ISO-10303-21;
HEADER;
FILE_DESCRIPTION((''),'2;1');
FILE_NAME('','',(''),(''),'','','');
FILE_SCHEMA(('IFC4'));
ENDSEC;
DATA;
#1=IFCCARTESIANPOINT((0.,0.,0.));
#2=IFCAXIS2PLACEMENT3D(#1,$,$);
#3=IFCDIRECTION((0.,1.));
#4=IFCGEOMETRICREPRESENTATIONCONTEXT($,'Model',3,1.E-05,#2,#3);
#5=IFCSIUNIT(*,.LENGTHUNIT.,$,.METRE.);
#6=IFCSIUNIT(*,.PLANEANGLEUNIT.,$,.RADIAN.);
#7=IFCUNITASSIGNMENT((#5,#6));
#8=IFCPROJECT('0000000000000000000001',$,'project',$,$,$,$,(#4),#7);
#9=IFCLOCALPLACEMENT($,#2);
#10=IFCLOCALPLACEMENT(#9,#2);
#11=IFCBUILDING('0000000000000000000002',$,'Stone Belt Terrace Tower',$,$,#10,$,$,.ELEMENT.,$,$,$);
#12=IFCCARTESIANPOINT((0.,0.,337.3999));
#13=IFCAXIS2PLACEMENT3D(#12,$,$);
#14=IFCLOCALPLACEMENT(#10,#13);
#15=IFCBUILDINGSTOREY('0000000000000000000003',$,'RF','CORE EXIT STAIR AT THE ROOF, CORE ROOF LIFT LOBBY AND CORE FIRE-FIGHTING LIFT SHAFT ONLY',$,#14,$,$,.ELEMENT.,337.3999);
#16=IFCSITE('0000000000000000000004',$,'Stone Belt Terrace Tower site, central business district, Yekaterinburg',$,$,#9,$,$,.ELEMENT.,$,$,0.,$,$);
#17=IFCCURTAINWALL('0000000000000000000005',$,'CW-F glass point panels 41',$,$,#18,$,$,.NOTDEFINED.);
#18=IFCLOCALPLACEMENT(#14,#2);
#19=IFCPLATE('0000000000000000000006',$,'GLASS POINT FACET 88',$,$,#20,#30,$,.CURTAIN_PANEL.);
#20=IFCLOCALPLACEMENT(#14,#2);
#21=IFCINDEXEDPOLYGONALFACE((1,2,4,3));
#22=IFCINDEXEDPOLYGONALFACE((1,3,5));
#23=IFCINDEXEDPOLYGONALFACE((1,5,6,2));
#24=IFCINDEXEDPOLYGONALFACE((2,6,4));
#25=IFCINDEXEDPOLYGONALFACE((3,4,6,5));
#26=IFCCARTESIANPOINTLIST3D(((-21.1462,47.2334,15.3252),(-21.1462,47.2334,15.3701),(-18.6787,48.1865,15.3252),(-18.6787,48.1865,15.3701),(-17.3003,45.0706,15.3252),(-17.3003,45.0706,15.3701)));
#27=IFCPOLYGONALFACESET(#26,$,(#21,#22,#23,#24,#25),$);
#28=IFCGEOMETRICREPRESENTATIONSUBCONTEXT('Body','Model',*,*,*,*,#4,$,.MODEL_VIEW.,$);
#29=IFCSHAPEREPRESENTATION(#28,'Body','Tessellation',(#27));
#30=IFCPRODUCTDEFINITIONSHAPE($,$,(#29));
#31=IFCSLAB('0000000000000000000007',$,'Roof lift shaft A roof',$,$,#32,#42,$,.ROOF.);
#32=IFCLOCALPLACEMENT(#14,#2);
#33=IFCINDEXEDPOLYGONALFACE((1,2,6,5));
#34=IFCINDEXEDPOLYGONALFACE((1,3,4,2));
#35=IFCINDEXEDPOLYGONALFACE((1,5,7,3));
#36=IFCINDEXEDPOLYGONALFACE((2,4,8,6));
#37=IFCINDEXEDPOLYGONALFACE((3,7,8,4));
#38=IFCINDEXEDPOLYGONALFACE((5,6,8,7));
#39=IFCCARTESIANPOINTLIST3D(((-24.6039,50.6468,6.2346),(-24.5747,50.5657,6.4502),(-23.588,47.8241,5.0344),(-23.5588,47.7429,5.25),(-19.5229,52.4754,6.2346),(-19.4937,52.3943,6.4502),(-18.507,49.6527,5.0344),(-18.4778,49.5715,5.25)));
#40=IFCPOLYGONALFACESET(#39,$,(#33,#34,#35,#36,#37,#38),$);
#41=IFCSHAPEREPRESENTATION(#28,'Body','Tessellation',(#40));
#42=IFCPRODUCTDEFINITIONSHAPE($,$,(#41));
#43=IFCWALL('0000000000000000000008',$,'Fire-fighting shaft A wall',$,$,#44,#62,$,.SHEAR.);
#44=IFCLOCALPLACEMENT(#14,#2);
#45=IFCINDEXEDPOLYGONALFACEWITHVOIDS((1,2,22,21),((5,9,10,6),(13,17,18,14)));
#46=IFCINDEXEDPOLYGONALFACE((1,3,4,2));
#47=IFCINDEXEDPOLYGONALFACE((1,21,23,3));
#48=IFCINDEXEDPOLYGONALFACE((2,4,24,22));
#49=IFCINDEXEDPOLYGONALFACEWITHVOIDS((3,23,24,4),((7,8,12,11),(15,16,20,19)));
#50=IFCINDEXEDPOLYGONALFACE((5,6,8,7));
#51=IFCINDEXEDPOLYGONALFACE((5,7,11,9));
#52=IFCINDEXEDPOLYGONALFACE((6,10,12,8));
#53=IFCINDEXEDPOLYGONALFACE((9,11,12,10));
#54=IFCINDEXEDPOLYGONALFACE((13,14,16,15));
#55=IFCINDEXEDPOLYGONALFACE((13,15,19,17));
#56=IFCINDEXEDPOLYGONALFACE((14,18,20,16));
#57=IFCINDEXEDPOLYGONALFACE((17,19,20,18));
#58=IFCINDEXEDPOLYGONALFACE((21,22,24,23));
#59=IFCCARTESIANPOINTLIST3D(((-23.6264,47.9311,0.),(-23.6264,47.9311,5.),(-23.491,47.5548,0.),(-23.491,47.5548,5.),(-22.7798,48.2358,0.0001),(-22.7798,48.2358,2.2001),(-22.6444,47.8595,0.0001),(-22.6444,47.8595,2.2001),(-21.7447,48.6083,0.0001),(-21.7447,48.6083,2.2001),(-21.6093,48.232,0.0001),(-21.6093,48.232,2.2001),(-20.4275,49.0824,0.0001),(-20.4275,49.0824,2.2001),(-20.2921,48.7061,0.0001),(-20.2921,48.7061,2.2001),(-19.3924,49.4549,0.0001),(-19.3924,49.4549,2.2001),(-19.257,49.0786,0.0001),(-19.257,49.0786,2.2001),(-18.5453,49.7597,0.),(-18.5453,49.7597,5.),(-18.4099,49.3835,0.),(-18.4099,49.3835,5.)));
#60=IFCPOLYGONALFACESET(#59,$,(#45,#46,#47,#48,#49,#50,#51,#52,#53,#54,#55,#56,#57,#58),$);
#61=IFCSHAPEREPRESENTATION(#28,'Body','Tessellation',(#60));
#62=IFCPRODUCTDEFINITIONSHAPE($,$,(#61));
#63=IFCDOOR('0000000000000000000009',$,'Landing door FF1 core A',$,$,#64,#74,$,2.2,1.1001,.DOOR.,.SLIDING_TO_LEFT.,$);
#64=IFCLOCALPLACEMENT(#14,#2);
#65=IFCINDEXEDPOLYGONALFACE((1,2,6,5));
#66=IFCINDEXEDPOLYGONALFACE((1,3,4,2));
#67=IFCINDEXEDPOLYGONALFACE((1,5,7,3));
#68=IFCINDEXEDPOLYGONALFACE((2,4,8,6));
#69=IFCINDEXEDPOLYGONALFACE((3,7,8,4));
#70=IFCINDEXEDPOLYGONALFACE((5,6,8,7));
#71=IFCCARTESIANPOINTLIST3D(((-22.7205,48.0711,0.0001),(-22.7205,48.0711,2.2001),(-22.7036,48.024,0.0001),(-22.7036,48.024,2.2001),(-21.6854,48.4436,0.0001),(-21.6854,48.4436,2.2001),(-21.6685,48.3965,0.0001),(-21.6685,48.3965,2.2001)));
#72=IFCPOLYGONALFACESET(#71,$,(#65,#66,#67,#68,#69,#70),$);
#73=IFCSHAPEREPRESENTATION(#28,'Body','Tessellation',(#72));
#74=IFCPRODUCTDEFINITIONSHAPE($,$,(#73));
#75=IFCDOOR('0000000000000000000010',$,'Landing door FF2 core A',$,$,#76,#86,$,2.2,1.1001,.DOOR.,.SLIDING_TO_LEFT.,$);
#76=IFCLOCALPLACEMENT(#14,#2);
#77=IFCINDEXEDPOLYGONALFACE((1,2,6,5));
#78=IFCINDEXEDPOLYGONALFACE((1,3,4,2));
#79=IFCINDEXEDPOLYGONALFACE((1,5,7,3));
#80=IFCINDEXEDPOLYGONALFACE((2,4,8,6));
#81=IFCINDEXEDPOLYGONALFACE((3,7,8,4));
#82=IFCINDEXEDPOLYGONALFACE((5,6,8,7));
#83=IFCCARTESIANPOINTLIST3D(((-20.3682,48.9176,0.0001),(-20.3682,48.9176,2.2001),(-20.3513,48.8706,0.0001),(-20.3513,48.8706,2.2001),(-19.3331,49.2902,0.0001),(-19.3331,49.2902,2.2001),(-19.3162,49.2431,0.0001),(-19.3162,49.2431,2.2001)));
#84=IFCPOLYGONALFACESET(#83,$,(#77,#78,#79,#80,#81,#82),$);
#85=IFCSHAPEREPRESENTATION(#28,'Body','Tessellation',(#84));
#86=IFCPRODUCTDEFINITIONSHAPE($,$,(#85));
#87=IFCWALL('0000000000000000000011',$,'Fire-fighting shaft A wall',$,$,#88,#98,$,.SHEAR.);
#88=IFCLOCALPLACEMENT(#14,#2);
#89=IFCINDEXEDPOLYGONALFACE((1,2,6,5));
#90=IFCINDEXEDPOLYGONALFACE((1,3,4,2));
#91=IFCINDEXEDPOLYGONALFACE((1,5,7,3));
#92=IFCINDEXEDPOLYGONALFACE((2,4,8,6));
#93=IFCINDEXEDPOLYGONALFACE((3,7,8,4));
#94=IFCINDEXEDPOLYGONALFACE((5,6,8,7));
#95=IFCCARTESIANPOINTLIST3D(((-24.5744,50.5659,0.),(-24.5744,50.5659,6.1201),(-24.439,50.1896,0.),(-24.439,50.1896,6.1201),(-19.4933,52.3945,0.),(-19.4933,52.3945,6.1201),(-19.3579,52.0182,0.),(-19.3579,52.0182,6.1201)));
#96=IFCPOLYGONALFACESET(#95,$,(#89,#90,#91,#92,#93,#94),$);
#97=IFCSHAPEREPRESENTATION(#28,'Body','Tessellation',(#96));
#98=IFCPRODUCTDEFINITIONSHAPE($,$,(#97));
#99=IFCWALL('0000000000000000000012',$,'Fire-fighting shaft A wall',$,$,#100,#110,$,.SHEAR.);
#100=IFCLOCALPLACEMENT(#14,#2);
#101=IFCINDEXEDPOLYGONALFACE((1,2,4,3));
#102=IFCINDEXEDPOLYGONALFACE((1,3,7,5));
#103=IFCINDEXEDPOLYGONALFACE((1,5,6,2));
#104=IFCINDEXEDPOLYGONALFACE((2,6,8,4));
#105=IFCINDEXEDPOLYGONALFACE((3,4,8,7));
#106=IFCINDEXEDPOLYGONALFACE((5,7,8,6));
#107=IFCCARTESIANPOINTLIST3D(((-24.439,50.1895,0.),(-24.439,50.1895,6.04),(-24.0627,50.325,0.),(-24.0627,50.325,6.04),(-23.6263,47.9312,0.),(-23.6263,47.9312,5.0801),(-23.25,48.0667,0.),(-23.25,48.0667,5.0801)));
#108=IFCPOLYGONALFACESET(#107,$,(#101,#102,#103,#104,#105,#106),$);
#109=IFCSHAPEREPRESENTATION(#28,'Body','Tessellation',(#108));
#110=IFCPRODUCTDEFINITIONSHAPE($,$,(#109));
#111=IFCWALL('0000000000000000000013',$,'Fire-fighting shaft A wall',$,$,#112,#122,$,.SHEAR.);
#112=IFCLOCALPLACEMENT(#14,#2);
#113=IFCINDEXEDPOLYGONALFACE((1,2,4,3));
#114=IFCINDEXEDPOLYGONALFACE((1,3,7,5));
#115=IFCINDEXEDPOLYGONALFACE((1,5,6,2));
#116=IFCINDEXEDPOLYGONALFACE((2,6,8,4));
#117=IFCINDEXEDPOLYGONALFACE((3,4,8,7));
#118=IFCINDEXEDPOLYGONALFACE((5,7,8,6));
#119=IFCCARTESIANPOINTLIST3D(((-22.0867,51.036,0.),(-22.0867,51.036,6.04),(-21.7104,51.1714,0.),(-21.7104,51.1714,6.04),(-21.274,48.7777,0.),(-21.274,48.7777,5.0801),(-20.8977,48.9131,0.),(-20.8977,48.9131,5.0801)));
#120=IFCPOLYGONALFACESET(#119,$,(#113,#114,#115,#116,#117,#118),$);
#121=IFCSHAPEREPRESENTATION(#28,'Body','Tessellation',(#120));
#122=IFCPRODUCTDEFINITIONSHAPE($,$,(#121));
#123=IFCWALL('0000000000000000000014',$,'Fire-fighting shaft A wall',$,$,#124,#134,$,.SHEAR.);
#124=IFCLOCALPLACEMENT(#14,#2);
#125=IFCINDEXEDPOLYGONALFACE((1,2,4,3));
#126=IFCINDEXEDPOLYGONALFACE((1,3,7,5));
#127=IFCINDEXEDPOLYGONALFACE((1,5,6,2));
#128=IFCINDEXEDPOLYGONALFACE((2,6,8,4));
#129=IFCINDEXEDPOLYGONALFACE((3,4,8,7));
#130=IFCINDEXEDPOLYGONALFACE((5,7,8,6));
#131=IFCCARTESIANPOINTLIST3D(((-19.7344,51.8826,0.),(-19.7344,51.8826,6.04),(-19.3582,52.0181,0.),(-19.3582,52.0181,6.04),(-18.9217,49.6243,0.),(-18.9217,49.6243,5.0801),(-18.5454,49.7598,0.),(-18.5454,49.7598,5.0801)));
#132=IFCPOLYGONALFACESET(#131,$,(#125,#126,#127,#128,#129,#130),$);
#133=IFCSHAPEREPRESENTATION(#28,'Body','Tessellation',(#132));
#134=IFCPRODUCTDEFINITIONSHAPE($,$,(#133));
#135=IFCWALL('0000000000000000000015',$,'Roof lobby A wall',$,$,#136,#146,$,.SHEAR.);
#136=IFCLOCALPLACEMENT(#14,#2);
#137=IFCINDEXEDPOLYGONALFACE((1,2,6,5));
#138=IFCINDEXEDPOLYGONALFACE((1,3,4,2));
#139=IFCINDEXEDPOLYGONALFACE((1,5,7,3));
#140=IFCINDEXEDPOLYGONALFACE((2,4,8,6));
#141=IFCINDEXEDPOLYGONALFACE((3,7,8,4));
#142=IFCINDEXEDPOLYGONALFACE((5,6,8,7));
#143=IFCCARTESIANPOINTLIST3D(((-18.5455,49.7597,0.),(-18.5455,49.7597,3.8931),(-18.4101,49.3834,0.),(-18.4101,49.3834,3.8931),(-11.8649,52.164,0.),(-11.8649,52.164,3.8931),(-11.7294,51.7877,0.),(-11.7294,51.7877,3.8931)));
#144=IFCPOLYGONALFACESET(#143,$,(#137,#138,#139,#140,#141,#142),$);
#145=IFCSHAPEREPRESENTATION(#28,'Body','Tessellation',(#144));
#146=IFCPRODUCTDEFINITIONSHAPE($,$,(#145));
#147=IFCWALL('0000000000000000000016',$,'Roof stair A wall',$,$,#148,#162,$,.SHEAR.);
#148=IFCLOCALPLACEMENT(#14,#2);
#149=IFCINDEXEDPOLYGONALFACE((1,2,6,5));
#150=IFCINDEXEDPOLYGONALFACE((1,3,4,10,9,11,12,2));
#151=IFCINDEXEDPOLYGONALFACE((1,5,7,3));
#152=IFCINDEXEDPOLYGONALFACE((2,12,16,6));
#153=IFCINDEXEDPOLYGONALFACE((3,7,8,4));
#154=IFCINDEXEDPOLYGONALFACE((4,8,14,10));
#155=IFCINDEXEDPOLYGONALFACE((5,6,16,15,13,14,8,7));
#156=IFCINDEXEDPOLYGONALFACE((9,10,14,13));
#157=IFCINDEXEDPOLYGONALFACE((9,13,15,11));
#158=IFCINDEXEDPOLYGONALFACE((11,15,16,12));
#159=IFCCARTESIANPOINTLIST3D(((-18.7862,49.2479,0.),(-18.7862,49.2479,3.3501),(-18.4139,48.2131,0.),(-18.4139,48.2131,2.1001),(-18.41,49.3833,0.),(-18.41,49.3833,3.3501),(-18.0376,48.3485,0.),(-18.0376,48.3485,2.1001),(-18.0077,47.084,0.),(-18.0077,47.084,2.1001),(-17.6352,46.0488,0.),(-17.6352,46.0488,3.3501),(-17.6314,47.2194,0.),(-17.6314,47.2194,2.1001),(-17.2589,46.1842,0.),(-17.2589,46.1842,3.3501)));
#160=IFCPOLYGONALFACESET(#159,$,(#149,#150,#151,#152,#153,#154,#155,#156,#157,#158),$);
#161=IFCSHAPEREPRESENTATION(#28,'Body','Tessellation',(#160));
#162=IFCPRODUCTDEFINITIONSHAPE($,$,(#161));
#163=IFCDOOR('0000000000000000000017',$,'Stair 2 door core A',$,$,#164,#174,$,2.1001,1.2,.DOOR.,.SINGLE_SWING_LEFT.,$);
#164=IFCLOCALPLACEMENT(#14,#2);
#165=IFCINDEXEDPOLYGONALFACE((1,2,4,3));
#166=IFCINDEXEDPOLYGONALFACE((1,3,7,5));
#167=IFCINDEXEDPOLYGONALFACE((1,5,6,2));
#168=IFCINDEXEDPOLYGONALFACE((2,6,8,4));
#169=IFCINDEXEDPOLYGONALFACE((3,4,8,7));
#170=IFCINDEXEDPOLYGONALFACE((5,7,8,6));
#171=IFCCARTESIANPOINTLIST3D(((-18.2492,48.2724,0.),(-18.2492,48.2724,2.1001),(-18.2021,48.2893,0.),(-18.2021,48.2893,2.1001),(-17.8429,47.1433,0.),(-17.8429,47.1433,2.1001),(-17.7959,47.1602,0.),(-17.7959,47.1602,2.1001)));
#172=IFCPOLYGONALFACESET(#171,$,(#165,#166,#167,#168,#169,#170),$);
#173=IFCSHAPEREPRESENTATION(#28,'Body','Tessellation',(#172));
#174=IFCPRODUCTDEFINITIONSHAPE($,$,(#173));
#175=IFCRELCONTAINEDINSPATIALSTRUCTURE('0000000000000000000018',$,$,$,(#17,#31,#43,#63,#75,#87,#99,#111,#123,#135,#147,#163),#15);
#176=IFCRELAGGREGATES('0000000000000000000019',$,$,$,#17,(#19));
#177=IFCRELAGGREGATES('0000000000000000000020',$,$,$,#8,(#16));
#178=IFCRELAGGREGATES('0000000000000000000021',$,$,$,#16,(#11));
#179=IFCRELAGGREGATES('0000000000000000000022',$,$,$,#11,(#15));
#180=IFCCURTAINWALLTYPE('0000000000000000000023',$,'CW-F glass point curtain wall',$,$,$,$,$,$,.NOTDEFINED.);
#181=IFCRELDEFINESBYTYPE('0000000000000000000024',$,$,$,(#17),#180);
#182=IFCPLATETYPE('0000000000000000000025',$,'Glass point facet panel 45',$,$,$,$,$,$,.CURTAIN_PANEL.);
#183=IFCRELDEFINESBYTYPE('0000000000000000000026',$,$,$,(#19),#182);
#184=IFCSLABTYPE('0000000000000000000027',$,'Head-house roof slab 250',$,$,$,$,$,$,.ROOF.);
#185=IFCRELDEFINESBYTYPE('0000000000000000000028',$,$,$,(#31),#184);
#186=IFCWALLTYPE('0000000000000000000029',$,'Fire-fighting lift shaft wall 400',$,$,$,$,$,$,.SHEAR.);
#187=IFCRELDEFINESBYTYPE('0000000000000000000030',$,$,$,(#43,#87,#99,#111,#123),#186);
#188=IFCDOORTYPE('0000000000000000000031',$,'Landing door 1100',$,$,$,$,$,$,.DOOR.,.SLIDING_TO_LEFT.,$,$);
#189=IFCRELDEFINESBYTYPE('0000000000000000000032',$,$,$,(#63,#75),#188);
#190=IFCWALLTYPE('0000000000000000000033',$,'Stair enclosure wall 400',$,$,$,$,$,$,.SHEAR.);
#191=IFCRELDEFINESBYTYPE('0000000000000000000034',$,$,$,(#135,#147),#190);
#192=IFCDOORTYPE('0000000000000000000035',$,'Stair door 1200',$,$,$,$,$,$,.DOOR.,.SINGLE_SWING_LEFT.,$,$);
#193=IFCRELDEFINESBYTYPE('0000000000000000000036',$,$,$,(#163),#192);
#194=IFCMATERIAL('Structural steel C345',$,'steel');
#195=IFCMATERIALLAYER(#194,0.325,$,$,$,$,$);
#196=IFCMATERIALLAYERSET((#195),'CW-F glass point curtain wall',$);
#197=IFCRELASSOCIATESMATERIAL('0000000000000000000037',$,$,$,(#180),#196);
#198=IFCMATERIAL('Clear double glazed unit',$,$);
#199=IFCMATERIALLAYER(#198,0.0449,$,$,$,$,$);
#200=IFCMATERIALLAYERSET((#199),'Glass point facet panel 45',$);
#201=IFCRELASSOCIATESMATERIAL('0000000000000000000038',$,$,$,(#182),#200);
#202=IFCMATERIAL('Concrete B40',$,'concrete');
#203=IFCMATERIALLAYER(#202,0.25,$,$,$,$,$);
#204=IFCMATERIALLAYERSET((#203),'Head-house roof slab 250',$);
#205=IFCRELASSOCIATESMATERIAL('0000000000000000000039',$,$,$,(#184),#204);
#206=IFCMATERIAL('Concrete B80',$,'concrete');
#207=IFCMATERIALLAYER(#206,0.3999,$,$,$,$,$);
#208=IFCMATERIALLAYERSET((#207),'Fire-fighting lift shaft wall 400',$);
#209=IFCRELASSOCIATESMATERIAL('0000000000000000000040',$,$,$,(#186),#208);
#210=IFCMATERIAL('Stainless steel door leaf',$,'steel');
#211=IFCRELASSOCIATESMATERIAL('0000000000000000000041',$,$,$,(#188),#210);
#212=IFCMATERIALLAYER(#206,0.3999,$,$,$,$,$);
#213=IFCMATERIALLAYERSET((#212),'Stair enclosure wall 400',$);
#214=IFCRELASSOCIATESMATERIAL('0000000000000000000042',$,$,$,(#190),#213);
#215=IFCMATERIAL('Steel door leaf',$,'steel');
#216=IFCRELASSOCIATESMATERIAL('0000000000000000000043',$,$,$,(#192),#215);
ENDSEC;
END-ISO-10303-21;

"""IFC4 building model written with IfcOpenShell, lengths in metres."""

from ifc_helpers import new_model, si_unit, direction, frame, frame_2d, origin, place, context, subcontext, project, spatial, polyline, rectangle, outline, extrude, material, layer, layer_set, type_object, element, fill, aggregate, save


model = new_model("IFC4")

# Units and contexts
model_context = context("Model", 3, precision=1e-05, world=origin(), true_north=direction((0.0, 1.0)))
body_context = subcontext(model_context, "Body", "Model", "MODEL_VIEW")
ifc_project = project(units=[si_unit("LENGTHUNIT", "METRE"), si_unit("PLANEANGLEUNIT", "RADIAN")], contexts=[model_context])

# Site, building, storey
site_placement = place(None, origin())
site = spatial("IfcSite", under=ifc_project, at=site_placement, Name="Stone Belt Terrace Tower site, central business district, Yekaterinburg", CompositionType="ELEMENT", RefElevation=0.0)
building_placement = place(site_placement, origin())
building = spatial("IfcBuilding", under=site, at=building_placement, Name="Stone Belt Terrace Tower", CompositionType="ELEMENT")
storey_placement = place(building_placement, frame((0.0, 0.0, 337.3999)))
storey = spatial("IfcBuildingStorey", under=building, at=storey_placement, Name="RF", Description="CORE EXIT STAIR AT THE ROOF, CORE ROOF LIFT LOBBY AND CORE FIRE-FIGHTING LIFT SHAFT ONLY", CompositionType="ELEMENT", Elevation=337.3999)

# Shared definitions
ifc_material_1 = material(Name="Structural steel C345", Category="steel")

# Curtain wall
ifc_layer_1 = layer(ifc_material_1, 0.325)
ifc_layer_set_1 = layer_set([ifc_layer_1], Name="CW-F glass point curtain wall")
curtain_wall_type = type_object("IfcCurtainWallType", Name="CW-F glass point curtain wall", PredefinedType="NOTDEFINED", material=ifc_layer_set_1)
ifc_material_2 = material(Name="Clear double glazed unit")
ifc_layer_2 = layer(ifc_material_2, 0.0449)
ifc_layer_set_2 = layer_set([ifc_layer_2], Name="Glass point facet panel 45")
plate_type = type_object("IfcPlateType", Name="Glass point facet panel 45", PredefinedType="CURTAIN_PANEL", material=ifc_layer_set_2)
curtain_wall_1_placement = place(storey_placement, origin())
curtain_wall_1 = element("IfcCurtainWall", 1, at=curtain_wall_1_placement, inside=storey, type_object=curtain_wall_type, Name="CW-F glass point panels 41", PredefinedType="NOTDEFINED")

# Plate
plate_1_placement = place(storey_placement, frame((-18.6787, 48.1865, 15.3701), z_axis=(0.0, 0.0, 1.0), x_axis=(0.404556, -0.914513, 0.0)))
plate_1 = element("IfcPlate", 2, at=plate_1_placement, type_object=plate_type, Name="GLASS POINT FACET 88", PredefinedType="CURTAIN_PANEL", context=body_context, shape_type="SweptSolid", body=[
    extrude(outline(polyline([(0.0, 0.0), (3.4072, 0.0), (-0.1266, -2.6422), (0.0, 0.0)])), origin(), (0.0, 0.0, -1.0), 0.0449),
])
aggregate(curtain_wall_1, [plate_1])

# Slab
ifc_material_3 = material(Name="Concrete B40", Category="concrete")
ifc_layer_3 = layer(ifc_material_3, 0.25)
ifc_layer_set_3 = layer_set([ifc_layer_3], Name="Head-house roof slab 250")
slab_type = type_object("IfcSlabType", Name="Head-house roof slab 250", PredefinedType="ROOF", material=ifc_layer_set_3)
slab_placement = place(storey_placement, frame((-23.5588, 47.7429, 5.25), z_axis=(0.125781, -0.349499, 0.928455), x_axis=(0.940921, 0.338627, 0.0)))
element("IfcSlab", 3, at=slab_placement, inside=storey, type_object=slab_type, Name="Roof lift shaft A roof", PredefinedType="ROOF", context=body_context, shape_type="SweptSolid", body=[
    extrude(outline(polyline([(0.0, 0.0), (5.4001, 0.0), (5.4001, 3.2312), (0.0, 3.2312), (0.0, 0.0)])), origin(), (0.0, 0.0, -1.0), 0.2322),
])

# Wall, openings, doors
ifc_material_4 = material(Name="Concrete B80", Category="concrete")
ifc_layer_4 = layer(ifc_material_4, 0.3999)
ifc_layer_set_4 = layer_set([ifc_layer_4], Name="Fire-fighting lift shaft wall 400")
wall_type_1 = type_object("IfcWallType", Name="Fire-fighting lift shaft wall 400", PredefinedType="SHEAR", material=ifc_layer_set_4)
wall_1_placement = place(storey_placement, frame((-23.5588, 47.7429, 0.0), z_axis=(0.0, 0.0, 1.0), x_axis=(0.940921, 0.338627, 0.0)))
wall_1 = element("IfcWall", 4, at=wall_1_placement, inside=storey, type_object=wall_type_1, Name="Fire-fighting shaft A wall", PredefinedType="SHEAR", context=body_context, shape_type="SweptSolid", body=[
    extrude(rectangle(XDim=5.4001, YDim=0.3999, at=frame_2d((2.7002, 0.0))), origin(), (0.0, 0.0, 1.0), 5.0),
])
opening_1_placement = place(wall_1_placement, frame((0.8999, 0.0, 0.0)))
opening_1 = element("IfcOpeningElement", 5, at=opening_1_placement, cuts=wall_1, PredefinedType="OPENING", context=body_context, shape_type="SweptSolid", body=[
    extrude(rectangle(XDim=1.1001, YDim=2.2, at=frame_2d((0.55, 1.1001))), frame((0.0, 0.21, 0.0), z_axis=(0.0, -1.0, 0.0), x_axis=(1.0, 0.0, 0.0)), (0.0, 0.0, 1.0), 0.4199),
])
opening_2_placement = place(wall_1_placement, frame((3.3999, 0.0, 0.0)))
opening_2 = element("IfcOpeningElement", 6, at=opening_2_placement, cuts=wall_1, PredefinedType="OPENING", context=body_context, shape_type="SweptSolid", body=[
    extrude(rectangle(XDim=1.1001, YDim=2.2, at=frame_2d((0.55, 1.1001))), frame((0.0, 0.21, 0.0), z_axis=(0.0, -1.0, 0.0), x_axis=(1.0, 0.0, 0.0)), (0.0, 0.0, 1.0), 0.4199),
])
ifc_material_5 = material(Name="Stainless steel door leaf", Category="steel")
door_type_1 = type_object("IfcDoorType", Name="Landing door 1100", OperationType="SLIDING_TO_LEFT", PredefinedType="DOOR", material=ifc_material_5)
door_1_placement = place(opening_1_placement, origin())
door_1 = element("IfcDoor", 7, at=door_1_placement, inside=storey, type_object=door_type_1, Name="Landing door FF1 core A", OperationType="SLIDING_TO_LEFT", OverallHeight=2.2, OverallWidth=1.1001, PredefinedType="DOOR", context=body_context, shape_type="SweptSolid", body=[
    extrude(rectangle(XDim=1.1001, YDim=2.2, at=frame_2d((0.55, 1.1001))), frame((0.0, 0.0249, 0.0), z_axis=(0.0, -1.0, 0.0), x_axis=(1.0, 0.0, 0.0)), (0.0, 0.0, 1.0), 0.05),
])
fill(opening_1, door_1)
door_2_placement = place(opening_2_placement, origin())
door_2 = element("IfcDoor", 8, at=door_2_placement, inside=storey, type_object=door_type_1, Name="Landing door FF2 core A", OperationType="SLIDING_TO_LEFT", OverallHeight=2.2, OverallWidth=1.1001, PredefinedType="DOOR", context=body_context, shape_type="SweptSolid", body=[
    extrude(rectangle(XDim=1.1001, YDim=2.2, at=frame_2d((0.55, 1.1001))), frame((0.0, 0.0249, 0.0), z_axis=(0.0, -1.0, 0.0), x_axis=(1.0, 0.0, 0.0)), (0.0, 0.0, 1.0), 0.05),
])
fill(opening_2, door_2)

# Walls
wall_2_placement = place(storey_placement, frame((-24.5068, 50.3777, 0.0), z_axis=(0.0, 0.0, 1.0), x_axis=(0.940921, 0.338627, 0.0)))
element("IfcWall", 9, at=wall_2_placement, inside=storey, type_object=wall_type_1, Name="Fire-fighting shaft A wall", PredefinedType="SHEAR", context=body_context, shape_type="SweptSolid", body=[
    extrude(rectangle(XDim=5.4001, YDim=0.3999, at=frame_2d((2.7002, 0.0))), origin(), (0.0, 0.0, 1.0), 6.1201),
])
for number, where, z_axis, x_axis, name in (
    (10, (-23.25, 48.0667, 0.0), (0.94092, 0.338629, 0.0), (-0.338629, 0.94092, 0.0), "Fire-fighting shaft A wall"),
    (11, (-20.8977, 48.9131, 0.0), (0.94092, 0.338629, 0.0), (-0.338629, 0.94092, 0.0), "Fire-fighting shaft A wall"),
    (12, (-18.5454, 49.7598, 0.0), (0.94092, 0.338629, 0.0), (-0.338629, 0.94092, 0.0), "Fire-fighting shaft A wall"),
):
    element("IfcWall", number, at=place(storey_placement, frame(where, z_axis=z_axis, x_axis=x_axis)), inside=storey, type_object=wall_type_1, Name=name, PredefinedType="SHEAR", context=body_context, shape_type="SweptSolid", body=[
        extrude(outline(polyline([(0.0, 0.0), (2.4001, 0.0), (2.4001, 6.04), (0.0, 5.0801), (0.0, 0.0)])), origin(), (0.0, 0.0, -1.0), 0.3999),
    ])
ifc_layer_5 = layer(ifc_material_4, 0.3999)
ifc_layer_set_5 = layer_set([ifc_layer_5], Name="Stair enclosure wall 400")
wall_type_2 = type_object("IfcWallType", Name="Stair enclosure wall 400", PredefinedType="SHEAR", material=ifc_layer_set_5)
wall_3_placement = place(storey_placement, frame((-18.4778, 49.5715, 0.0), z_axis=(0.0, 0.0, 1.0), x_axis=(0.940921, 0.338627, 0.0)))
element("IfcWall", 13, at=wall_3_placement, inside=storey, type_object=wall_type_2, Name="Roof lobby A wall", PredefinedType="SHEAR", context=body_context, shape_type="SweptSolid", body=[
    extrude(rectangle(XDim=7.1001, YDim=0.3999, at=frame_2d((3.55, 0.0))), origin(), (0.0, 0.0, 1.0), 3.8931),
])

# Wall, opening, door
wall_4_placement = place(storey_placement, frame((-17.447, 46.1165, 0.0), z_axis=(0.0, 0.0, 1.0), x_axis=(-0.338564, 0.940943, 0.0)))
wall_4 = element("IfcWall", 14, at=wall_4_placement, inside=storey, type_object=wall_type_2, Name="Roof stair A wall", PredefinedType="SHEAR", context=body_context, shape_type="SweptSolid", body=[
    extrude(rectangle(XDim=3.3999, YDim=0.3999, at=frame_2d((1.7, 0.0))), origin(), (0.0, 0.0, 1.0), 3.3501),
])
opening_3_placement = place(wall_4_placement, frame((1.1001, 0.0, 0.0)))
opening_3 = element("IfcOpeningElement", 15, at=opening_3_placement, cuts=wall_4, PredefinedType="OPENING", context=body_context, shape_type="SweptSolid", body=[
    extrude(rectangle(XDim=1.2, YDim=2.1001, at=frame_2d((0.6001, 1.05))), frame((0.0, 0.21, 0.0), z_axis=(0.0, -1.0, 0.0), x_axis=(1.0, 0.0, 0.0)), (0.0, 0.0, 1.0), 0.4199),
])
ifc_material_6 = material(Name="Steel door leaf", Category="steel")
door_type_2 = type_object("IfcDoorType", Name="Stair door 1200", OperationType="SINGLE_SWING_LEFT", PredefinedType="DOOR", material=ifc_material_6)
door_3_placement = place(opening_3_placement, origin())
door_3 = element("IfcDoor", 16, at=door_3_placement, inside=storey, type_object=door_type_2, Name="Stair 2 door core A", OperationType="SINGLE_SWING_LEFT", OverallHeight=2.1001, OverallWidth=1.2, PredefinedType="DOOR", context=body_context, shape_type="SweptSolid", body=[
    extrude(rectangle(XDim=1.2, YDim=2.1001, at=frame_2d((0.6001, 1.05))), frame((0.0, 0.0249, 0.0), z_axis=(0.0, -1.0, 0.0), x_axis=(1.0, 0.0, 0.0)), (0.0, 0.0, 1.0), 0.05),
])
fill(opening_3, door_3)

save(model, "model.ifc")
